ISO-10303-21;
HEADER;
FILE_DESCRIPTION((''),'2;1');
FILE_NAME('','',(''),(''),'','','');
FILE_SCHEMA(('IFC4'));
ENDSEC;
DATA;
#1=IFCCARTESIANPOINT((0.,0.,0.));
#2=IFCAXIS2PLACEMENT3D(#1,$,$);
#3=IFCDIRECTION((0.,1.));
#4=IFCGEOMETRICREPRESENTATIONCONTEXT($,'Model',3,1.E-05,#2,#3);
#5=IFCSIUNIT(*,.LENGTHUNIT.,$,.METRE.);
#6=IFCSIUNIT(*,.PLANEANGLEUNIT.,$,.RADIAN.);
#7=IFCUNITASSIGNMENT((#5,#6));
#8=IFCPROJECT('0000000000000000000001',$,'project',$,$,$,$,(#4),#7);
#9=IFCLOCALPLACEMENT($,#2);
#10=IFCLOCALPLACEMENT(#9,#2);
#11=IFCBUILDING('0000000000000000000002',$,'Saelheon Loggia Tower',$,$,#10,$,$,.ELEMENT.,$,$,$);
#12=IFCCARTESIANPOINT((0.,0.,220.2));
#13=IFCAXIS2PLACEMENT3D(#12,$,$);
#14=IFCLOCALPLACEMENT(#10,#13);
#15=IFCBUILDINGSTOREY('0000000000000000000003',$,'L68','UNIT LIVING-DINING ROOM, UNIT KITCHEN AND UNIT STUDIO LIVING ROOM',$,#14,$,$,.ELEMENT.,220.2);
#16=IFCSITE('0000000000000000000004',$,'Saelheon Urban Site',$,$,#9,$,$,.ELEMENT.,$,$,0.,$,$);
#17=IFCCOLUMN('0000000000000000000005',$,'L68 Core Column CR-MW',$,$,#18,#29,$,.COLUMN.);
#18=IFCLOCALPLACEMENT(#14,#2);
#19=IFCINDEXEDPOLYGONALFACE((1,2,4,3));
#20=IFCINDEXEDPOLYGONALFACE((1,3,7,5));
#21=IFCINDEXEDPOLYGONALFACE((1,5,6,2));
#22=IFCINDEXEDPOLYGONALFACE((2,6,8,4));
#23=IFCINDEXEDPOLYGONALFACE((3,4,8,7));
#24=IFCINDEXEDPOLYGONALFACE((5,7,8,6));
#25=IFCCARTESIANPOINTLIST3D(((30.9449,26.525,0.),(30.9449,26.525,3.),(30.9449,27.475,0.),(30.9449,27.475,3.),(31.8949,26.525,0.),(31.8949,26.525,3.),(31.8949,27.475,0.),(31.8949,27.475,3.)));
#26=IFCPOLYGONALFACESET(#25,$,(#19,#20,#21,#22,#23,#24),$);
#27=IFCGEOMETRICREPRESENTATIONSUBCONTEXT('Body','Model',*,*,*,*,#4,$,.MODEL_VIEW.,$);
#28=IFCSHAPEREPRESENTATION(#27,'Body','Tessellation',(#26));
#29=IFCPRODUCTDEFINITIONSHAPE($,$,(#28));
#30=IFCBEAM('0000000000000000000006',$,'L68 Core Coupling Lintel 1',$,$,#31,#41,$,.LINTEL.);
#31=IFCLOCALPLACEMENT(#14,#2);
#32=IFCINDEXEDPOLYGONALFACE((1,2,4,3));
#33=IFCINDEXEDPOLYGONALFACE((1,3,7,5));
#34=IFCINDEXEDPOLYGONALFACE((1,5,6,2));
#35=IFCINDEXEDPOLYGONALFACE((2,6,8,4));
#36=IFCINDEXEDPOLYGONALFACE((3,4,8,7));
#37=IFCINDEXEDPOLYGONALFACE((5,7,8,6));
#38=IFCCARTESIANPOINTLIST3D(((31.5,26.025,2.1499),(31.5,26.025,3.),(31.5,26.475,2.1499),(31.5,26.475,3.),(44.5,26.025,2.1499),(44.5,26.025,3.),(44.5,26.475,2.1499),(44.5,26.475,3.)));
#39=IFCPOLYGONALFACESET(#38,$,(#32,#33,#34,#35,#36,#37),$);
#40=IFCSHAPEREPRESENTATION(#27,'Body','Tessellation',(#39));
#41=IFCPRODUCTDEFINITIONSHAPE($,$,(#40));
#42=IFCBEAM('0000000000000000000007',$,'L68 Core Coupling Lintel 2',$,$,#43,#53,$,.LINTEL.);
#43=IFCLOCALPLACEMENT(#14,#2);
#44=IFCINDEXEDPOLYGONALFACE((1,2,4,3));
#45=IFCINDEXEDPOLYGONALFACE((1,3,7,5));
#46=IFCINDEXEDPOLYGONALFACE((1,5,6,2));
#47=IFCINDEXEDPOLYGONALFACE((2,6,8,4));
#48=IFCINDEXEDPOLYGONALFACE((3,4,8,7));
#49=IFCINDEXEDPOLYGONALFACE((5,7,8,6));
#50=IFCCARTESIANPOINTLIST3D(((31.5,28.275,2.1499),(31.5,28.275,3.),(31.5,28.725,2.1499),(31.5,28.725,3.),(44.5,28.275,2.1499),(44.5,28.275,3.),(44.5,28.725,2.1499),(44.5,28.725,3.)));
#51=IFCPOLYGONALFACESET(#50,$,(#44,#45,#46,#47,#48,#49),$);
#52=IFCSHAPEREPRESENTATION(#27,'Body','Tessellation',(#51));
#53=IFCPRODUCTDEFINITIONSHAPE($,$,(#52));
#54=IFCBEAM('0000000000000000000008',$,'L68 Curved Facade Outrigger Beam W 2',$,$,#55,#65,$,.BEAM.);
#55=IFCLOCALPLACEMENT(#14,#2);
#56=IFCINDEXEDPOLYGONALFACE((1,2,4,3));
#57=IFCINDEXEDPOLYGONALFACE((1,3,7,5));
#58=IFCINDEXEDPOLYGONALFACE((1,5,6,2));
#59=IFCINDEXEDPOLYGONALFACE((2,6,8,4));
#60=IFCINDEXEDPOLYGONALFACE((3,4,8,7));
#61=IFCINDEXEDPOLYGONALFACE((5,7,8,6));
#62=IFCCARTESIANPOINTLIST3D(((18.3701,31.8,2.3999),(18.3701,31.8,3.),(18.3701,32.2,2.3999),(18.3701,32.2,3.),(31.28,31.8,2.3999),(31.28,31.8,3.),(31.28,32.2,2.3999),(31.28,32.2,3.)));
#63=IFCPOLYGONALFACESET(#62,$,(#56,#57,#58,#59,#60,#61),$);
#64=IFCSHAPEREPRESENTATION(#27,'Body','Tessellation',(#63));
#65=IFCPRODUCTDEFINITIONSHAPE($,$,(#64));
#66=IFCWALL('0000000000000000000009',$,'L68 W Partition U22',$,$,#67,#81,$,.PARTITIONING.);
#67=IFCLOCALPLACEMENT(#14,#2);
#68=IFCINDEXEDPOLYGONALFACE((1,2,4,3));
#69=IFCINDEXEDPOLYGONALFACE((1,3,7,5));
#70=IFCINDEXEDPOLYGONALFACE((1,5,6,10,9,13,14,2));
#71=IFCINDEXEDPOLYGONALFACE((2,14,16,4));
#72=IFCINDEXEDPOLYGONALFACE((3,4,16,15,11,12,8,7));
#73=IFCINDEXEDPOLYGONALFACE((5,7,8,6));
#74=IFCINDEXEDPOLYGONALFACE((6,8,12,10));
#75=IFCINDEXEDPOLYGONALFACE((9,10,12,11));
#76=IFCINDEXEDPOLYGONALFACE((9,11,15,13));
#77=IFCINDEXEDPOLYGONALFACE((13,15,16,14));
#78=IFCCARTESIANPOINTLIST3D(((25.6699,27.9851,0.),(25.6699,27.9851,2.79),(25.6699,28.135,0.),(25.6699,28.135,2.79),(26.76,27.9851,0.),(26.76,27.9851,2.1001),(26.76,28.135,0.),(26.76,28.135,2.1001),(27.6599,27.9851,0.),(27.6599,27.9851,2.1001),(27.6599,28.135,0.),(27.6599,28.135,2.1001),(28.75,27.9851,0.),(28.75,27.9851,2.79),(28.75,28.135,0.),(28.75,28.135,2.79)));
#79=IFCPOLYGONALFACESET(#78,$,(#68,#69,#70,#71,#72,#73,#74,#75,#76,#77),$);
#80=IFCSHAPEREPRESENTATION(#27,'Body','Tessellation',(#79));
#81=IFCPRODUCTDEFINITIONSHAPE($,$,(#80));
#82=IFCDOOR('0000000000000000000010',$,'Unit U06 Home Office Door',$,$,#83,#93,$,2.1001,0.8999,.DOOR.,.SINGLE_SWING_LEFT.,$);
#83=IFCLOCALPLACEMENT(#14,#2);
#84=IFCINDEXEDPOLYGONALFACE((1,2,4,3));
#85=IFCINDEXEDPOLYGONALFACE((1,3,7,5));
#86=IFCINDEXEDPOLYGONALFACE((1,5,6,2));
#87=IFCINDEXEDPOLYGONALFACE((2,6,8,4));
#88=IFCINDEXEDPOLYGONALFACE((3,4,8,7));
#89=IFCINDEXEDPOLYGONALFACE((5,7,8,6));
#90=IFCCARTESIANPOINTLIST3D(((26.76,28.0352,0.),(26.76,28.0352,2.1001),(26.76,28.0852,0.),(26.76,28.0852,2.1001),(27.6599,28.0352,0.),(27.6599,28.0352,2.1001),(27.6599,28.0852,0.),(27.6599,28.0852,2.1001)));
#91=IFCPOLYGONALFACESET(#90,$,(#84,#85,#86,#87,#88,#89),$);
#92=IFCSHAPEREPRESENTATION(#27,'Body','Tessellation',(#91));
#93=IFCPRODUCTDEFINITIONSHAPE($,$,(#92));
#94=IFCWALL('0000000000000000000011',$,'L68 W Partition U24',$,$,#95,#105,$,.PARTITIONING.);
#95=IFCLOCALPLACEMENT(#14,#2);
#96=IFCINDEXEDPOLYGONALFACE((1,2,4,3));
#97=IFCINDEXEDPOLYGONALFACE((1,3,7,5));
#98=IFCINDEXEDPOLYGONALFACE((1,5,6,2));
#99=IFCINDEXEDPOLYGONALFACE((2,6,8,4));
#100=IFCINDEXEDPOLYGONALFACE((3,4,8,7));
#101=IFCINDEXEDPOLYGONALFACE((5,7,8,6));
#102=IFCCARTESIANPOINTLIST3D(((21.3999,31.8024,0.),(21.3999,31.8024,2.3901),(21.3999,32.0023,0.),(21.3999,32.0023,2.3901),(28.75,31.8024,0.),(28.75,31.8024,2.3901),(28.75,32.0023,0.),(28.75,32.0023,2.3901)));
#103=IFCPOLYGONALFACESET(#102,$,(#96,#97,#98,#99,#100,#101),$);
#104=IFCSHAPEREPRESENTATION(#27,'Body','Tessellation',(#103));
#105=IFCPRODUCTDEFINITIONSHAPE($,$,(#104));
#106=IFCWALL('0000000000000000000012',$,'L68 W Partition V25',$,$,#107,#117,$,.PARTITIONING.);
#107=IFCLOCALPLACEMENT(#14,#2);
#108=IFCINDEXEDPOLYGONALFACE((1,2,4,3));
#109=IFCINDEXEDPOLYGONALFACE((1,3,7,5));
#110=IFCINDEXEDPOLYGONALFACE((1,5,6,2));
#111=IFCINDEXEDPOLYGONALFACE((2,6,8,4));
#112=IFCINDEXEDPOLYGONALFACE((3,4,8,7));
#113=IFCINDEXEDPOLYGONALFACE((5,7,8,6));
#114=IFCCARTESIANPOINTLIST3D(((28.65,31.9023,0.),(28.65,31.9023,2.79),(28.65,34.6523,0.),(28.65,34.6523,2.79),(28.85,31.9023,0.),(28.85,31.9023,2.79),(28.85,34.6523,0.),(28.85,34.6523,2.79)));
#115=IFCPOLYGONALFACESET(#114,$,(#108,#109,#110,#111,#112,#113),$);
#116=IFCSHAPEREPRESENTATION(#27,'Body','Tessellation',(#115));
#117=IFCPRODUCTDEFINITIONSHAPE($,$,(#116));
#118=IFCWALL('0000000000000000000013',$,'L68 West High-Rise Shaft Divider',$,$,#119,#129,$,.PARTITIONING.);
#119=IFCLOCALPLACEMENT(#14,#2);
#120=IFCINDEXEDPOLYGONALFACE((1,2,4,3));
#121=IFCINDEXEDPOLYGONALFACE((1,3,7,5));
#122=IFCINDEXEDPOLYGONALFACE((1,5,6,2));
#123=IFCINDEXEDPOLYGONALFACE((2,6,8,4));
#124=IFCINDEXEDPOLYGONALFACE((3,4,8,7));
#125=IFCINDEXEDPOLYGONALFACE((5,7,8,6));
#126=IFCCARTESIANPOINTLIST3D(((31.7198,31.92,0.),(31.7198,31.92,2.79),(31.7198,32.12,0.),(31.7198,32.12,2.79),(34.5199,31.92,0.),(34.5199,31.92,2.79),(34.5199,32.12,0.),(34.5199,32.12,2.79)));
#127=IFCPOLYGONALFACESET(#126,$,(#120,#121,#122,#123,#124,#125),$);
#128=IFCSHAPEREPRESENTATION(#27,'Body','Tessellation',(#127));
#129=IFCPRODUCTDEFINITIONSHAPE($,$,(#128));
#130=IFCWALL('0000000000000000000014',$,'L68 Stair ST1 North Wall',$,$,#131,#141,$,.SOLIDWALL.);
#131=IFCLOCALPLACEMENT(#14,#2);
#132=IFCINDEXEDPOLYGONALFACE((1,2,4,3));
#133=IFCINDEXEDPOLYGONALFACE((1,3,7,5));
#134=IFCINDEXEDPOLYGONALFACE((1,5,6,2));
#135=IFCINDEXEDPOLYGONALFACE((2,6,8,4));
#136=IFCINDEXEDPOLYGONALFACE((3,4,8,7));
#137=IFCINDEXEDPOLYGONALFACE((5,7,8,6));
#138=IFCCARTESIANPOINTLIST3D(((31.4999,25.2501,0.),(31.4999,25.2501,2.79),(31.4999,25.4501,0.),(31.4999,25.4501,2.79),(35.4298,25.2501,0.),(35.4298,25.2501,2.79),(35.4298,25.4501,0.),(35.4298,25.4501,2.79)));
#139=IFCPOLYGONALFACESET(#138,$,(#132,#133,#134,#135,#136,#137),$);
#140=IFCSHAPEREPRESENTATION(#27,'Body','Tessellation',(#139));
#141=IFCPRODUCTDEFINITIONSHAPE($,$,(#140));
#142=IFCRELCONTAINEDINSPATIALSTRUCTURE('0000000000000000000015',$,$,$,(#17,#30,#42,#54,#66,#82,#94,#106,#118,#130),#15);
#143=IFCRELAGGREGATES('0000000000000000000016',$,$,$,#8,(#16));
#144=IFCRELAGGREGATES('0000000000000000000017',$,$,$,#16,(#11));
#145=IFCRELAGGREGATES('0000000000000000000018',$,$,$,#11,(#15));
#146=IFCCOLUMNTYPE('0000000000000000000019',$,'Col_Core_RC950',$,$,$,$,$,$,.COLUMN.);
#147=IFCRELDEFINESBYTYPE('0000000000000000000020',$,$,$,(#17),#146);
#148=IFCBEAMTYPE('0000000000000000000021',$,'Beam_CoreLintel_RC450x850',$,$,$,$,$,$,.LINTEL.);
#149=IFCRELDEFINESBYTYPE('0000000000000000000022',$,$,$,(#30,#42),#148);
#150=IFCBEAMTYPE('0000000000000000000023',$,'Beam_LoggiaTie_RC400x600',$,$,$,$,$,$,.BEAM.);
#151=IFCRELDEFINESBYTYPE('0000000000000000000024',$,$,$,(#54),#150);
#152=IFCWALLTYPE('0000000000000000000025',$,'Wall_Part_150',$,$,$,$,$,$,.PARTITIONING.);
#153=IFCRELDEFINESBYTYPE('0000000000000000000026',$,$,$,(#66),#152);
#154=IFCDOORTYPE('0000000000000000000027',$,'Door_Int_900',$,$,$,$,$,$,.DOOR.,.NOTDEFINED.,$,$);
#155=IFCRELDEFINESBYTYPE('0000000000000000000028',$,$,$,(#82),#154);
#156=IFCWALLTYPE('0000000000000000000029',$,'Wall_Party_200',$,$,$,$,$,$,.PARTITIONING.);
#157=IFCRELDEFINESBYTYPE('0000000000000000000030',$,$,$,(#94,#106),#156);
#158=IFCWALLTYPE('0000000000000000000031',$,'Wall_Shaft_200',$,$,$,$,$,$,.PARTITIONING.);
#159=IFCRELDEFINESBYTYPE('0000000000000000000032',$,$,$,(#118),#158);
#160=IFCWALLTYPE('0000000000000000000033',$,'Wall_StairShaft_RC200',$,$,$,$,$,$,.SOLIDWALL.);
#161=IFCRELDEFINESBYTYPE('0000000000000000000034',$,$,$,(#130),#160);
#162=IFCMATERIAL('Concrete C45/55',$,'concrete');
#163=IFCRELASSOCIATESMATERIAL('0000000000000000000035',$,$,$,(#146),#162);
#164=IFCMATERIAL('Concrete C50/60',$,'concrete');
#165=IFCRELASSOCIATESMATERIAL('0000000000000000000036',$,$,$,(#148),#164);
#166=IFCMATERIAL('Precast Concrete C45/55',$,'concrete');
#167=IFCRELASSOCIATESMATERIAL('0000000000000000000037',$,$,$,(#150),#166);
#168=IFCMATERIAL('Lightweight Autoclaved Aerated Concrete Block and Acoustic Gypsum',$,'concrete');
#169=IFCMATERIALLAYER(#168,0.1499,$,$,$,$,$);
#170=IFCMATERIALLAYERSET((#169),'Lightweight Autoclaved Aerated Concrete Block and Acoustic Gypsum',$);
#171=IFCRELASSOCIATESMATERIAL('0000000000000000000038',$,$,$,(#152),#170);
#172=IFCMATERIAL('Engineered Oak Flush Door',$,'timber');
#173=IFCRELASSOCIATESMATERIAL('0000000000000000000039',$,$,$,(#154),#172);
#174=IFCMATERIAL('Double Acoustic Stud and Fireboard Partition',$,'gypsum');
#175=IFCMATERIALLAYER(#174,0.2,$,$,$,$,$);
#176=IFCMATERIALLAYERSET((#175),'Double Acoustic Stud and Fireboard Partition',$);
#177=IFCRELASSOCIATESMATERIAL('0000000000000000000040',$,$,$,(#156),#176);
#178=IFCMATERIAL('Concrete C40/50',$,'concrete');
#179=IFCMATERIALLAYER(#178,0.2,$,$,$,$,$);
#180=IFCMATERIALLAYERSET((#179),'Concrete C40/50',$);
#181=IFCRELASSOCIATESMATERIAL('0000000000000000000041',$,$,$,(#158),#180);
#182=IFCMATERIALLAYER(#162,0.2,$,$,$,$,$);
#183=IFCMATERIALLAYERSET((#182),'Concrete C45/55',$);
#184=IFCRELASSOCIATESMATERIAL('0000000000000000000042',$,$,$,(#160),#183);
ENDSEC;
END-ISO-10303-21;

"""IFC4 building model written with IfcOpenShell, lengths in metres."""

from ifc_helpers import new_model, si_unit, direction, frame, frame_2d, origin, origin_2d, place, context, subcontext, project, spatial, rectangle, extrude, source, transform, mapped, material, layer, layer_set, material_profile, profile_set, type_object, element, fill, save


model = new_model("IFC4")

# Units and contexts
model_context = context("Model", 3, precision=1e-05, world=origin(), true_north=direction((0.0, 1.0)))
body_context = subcontext(model_context, "Body", "Model", "MODEL_VIEW")
ifc_project = project(units=[si_unit("LENGTHUNIT", "METRE"), si_unit("PLANEANGLEUNIT", "RADIAN")], contexts=[model_context])

# Site, building, storey
site_placement = place(None, origin())
site = spatial("IfcSite", under=ifc_project, at=site_placement, Name="Saelheon Urban Site", CompositionType="ELEMENT", RefElevation=0.0)
building_placement = place(site_placement, origin())
building = spatial("IfcBuilding", under=site, at=building_placement, Name="Saelheon Loggia Tower", CompositionType="ELEMENT")
storey_placement = place(building_placement, frame((0.0, 0.0, 220.2)))
storey = spatial("IfcBuildingStorey", under=building, at=storey_placement, Name="L68", Description="UNIT LIVING-DINING ROOM, UNIT KITCHEN AND UNIT STUDIO LIVING ROOM", CompositionType="ELEMENT", Elevation=220.2)

# Column
ifc_material_1 = material(Name="Concrete C45/55", Category="concrete")
ifc_material_profile_1 = material_profile(ifc_material_1, rectangle(XDim=0.95, YDim=0.95, at=origin_2d()), Name="RC-950x950")
ifc_profile_set_1 = profile_set([ifc_material_profile_1], Name="Concrete C45/55")
column_type = type_object("IfcColumnType", Name="Col_Core_RC950", PredefinedType="COLUMN", material=ifc_profile_set_1)
shared_shape_1 = source(origin(), body_context, "Body", "SweptSolid", [
    extrude(rectangle(XDim=0.95, YDim=0.95, at=origin_2d()), origin(), (0.0, 0.0, 1.0), 3.0),
])
column_placement = place(storey_placement, frame((31.4199, 27.0, 0.0), z_axis=(0.0, 0.0, 1.0), x_axis=(1.0, 0.0, 0.0)))
element("IfcColumn", 1, at=column_placement, inside=storey, type_object=column_type, Name="L68 Core Column CR-MW", PredefinedType="COLUMN", context=body_context, shape_type="MappedRepresentation", body=[
    mapped(shared_shape_1, transform((0.0, 0.0, 0.0), scale=1.0)),
])

# Beams
ifc_material_2 = material(Name="Concrete C50/60", Category="concrete")
ifc_material_profile_2 = material_profile(ifc_material_2, rectangle(XDim=0.45, YDim=0.8501, at=origin_2d()), Name="RC-450x850")
ifc_profile_set_2 = profile_set([ifc_material_profile_2], Name="Concrete C50/60")
beam_type_1 = type_object("IfcBeamType", Name="Beam_CoreLintel_RC450x850", PredefinedType="LINTEL", material=ifc_profile_set_2)
shared_shape_2 = source(origin(), body_context, "Body", "SweptSolid", [
    extrude(rectangle(XDim=0.45, YDim=0.8501, at=origin_2d()), origin(), (0.0, 0.0, 1.0), 13.0),
])
for number, where, z_axis, x_axis, name in (
    (2, (31.5, 26.25, 2.575), (1.0, 0.0, 0.0), (0.0, 1.0, 0.0), "L68 Core Coupling Lintel 1"),
    (3, (31.5, 28.5, 2.575), (1.0, 0.0, 0.0), (0.0, 1.0, 0.0), "L68 Core Coupling Lintel 2"),
):
    element("IfcBeam", number, at=place(storey_placement, frame(where, z_axis=z_axis, x_axis=x_axis)), inside=storey, type_object=beam_type_1, Name=name, PredefinedType="LINTEL", context=body_context, shape_type="MappedRepresentation", body=[
        mapped(shared_shape_2, transform((0.0, 0.0, 0.0), scale=1.0)),
    ])
ifc_material_3 = material(Name="Precast Concrete C45/55", Category="concrete")
ifc_material_profile_3 = material_profile(ifc_material_3, rectangle(XDim=0.3999, YDim=0.6001, at=origin_2d()), Name="RC-400x600")
ifc_profile_set_3 = profile_set([ifc_material_profile_3], Name="Precast Concrete C45/55")
beam_type_2 = type_object("IfcBeamType", Name="Beam_LoggiaTie_RC400x600", PredefinedType="BEAM", material=ifc_profile_set_3)
shared_shape_3 = source(origin(), body_context, "Body", "SweptSolid", [
    extrude(rectangle(XDim=0.3999, YDim=0.6001, at=origin_2d()), origin(), (0.0, 0.0, 1.0), 12.9099),
])
beam_placement = place(storey_placement, frame((31.28, 32.0, 2.7), z_axis=(-1.0, 0.0, 0.0), x_axis=(0.0, -1.0, 0.0)))
element("IfcBeam", 4, at=beam_placement, inside=storey, type_object=beam_type_2, Name="L68 Curved Facade Outrigger Beam W 2", PredefinedType="BEAM", context=body_context, shape_type="MappedRepresentation", body=[
    mapped(shared_shape_3, transform((0.0, 0.0, 0.0), scale=1.0)),
])

# Wall, opening, door
ifc_material_4 = material(Name="Lightweight Autoclaved Aerated Concrete Block and Acoustic Gypsum", Category="concrete")
ifc_layer_1 = layer(ifc_material_4, 0.1499)
ifc_layer_set_1 = layer_set([ifc_layer_1], Name="Lightweight Autoclaved Aerated Concrete Block and Acoustic Gypsum")
wall_type_1 = type_object("IfcWallType", Name="Wall_Part_150", PredefinedType="PARTITIONING", material=ifc_layer_set_1)
wall_1_placement = place(storey_placement, frame((28.75, 28.0601, 0.0), z_axis=(0.0, 0.0, 1.0), x_axis=(-1.0, 0.0, 0.0)))
wall_1 = element("IfcWall", 5, at=wall_1_placement, inside=storey, type_object=wall_type_1, Name="L68 W Partition U22", PredefinedType="PARTITIONING", context=body_context, shape_type="SweptSolid", body=[
    extrude(rectangle(XDim=3.0801, YDim=0.1499, at=frame_2d((1.54, 0.0))), origin(), (0.0, 0.0, 1.0), 2.79),
])
opening_1_placement = place(wall_1_placement, frame((1.0901, 0.0, 0.0)))
opening_1 = element("IfcOpeningElement", 6, at=opening_1_placement, cuts=wall_1, PredefinedType="OPENING", context=body_context, shape_type="SweptSolid", body=[
    extrude(rectangle(XDim=0.8999, YDim=2.1001, at=frame_2d((0.45, 1.05))), frame((0.0, 0.0869, 0.0), z_axis=(0.0, -1.0, 0.0), x_axis=(1.0, 0.0, 0.0)), (0.0, 0.0, 1.0), 0.1738),
])
ifc_material_5 = material(Name="Engineered Oak Flush Door", Category="timber")
door_type_1 = type_object("IfcDoorType", Name="Door_Int_900", OperationType="NOTDEFINED", PredefinedType="DOOR", material=ifc_material_5)
shared_shape_4 = source(origin(), body_context, "Body", "SweptSolid", [
    extrude(rectangle(XDim=0.8999, YDim=2.1001, at=frame_2d((0.45, 1.05))), frame((0.0, 0.0249, 0.0), z_axis=(0.0, -1.0, 0.0), x_axis=(1.0, 0.0, 0.0)), (0.0, 0.0, 1.0), 0.05),
])
door_1_placement = place(opening_1_placement, origin())
door_1 = element("IfcDoor", 7, at=door_1_placement, inside=storey, type_object=door_type_1, Name="Unit U06 Home Office Door", OperationType="SINGLE_SWING_LEFT", OverallHeight=2.1001, OverallWidth=0.8999, PredefinedType="DOOR", context=body_context, shape_type="MappedRepresentation", body=[
    mapped(shared_shape_4, transform((0.0, 0.0, 0.0), scale=1.0)),
])
fill(opening_1, door_1)

# Walls
ifc_material_6 = material(Name="Double Acoustic Stud and Fireboard Partition", Category="gypsum")
ifc_layer_2 = layer(ifc_material_6, 0.2)
ifc_layer_set_2 = layer_set([ifc_layer_2], Name="Double Acoustic Stud and Fireboard Partition")
wall_type_2 = type_object("IfcWallType", Name="Wall_Party_200", PredefinedType="PARTITIONING", material=ifc_layer_set_2)
wall_2_placement = place(storey_placement, frame((28.75, 31.9023, 0.0), z_axis=(0.0, 0.0, 1.0), x_axis=(-1.0, 0.0, 0.0)))
element("IfcWall", 8, at=wall_2_placement, inside=storey, type_object=wall_type_2, Name="L68 W Partition U24", PredefinedType="PARTITIONING", context=body_context, shape_type="SweptSolid", body=[
    extrude(rectangle(XDim=7.3501, YDim=0.2, at=frame_2d((3.675, 0.0))), origin(), (0.0, 0.0, 1.0), 2.3901),
])
wall_3_placement = place(storey_placement, frame((28.75, 31.9023, 0.0), z_axis=(0.0, 0.0, 1.0), x_axis=(0.0, 1.0, 0.0)))
element("IfcWall", 9, at=wall_3_placement, inside=storey, type_object=wall_type_2, Name="L68 W Partition V25", PredefinedType="PARTITIONING", context=body_context, shape_type="SweptSolid", body=[
    extrude(rectangle(XDim=2.75, YDim=0.2, at=frame_2d((1.375, 0.0))), origin(), (0.0, 0.0, 1.0), 2.79),
])

# Walls
ifc_material_7 = material(Name="Concrete C40/50", Category="concrete")
ifc_layer_3 = layer(ifc_material_7, 0.2)
ifc_layer_set_3 = layer_set([ifc_layer_3], Name="Concrete C40/50")
wall_type_3 = type_object("IfcWallType", Name="Wall_Shaft_200", PredefinedType="PARTITIONING", material=ifc_layer_set_3)
wall_4_placement = place(storey_placement, frame((31.72, 32.02, 0.0), z_axis=(0.0, 0.0, 1.0), x_axis=(1.0, 0.0, 0.0)))
element("IfcWall", 10, at=wall_4_placement, inside=storey, type_object=wall_type_3, Name="L68 West High-Rise Shaft Divider", PredefinedType="PARTITIONING", context=body_context, shape_type="SweptSolid", body=[
    extrude(rectangle(XDim=2.8, YDim=0.2, at=frame_2d((1.3999, 0.0))), origin(), (0.0, 0.0, 1.0), 2.79),
])
ifc_layer_4 = layer(ifc_material_1, 0.2)
ifc_layer_set_4 = layer_set([ifc_layer_4], Name="Concrete C45/55")
wall_type_4 = type_object("IfcWallType", Name="Wall_StairShaft_RC200", PredefinedType="SOLIDWALL", material=ifc_layer_set_4)
wall_5_placement = place(storey_placement, frame((31.5, 25.3501, 0.0), z_axis=(0.0, 0.0, 1.0), x_axis=(1.0, 0.0, 0.0)))
element("IfcWall", 11, at=wall_5_placement, inside=storey, type_object=wall_type_4, Name="L68 Stair ST1 North Wall", PredefinedType="SOLIDWALL", context=body_context, shape_type="SweptSolid", body=[
    extrude(rectangle(XDim=3.9299, YDim=0.2, at=frame_2d((1.9648, 0.0))), origin(), (0.0, 0.0, 1.0), 2.79),
])

save(model, "model.ifc")
